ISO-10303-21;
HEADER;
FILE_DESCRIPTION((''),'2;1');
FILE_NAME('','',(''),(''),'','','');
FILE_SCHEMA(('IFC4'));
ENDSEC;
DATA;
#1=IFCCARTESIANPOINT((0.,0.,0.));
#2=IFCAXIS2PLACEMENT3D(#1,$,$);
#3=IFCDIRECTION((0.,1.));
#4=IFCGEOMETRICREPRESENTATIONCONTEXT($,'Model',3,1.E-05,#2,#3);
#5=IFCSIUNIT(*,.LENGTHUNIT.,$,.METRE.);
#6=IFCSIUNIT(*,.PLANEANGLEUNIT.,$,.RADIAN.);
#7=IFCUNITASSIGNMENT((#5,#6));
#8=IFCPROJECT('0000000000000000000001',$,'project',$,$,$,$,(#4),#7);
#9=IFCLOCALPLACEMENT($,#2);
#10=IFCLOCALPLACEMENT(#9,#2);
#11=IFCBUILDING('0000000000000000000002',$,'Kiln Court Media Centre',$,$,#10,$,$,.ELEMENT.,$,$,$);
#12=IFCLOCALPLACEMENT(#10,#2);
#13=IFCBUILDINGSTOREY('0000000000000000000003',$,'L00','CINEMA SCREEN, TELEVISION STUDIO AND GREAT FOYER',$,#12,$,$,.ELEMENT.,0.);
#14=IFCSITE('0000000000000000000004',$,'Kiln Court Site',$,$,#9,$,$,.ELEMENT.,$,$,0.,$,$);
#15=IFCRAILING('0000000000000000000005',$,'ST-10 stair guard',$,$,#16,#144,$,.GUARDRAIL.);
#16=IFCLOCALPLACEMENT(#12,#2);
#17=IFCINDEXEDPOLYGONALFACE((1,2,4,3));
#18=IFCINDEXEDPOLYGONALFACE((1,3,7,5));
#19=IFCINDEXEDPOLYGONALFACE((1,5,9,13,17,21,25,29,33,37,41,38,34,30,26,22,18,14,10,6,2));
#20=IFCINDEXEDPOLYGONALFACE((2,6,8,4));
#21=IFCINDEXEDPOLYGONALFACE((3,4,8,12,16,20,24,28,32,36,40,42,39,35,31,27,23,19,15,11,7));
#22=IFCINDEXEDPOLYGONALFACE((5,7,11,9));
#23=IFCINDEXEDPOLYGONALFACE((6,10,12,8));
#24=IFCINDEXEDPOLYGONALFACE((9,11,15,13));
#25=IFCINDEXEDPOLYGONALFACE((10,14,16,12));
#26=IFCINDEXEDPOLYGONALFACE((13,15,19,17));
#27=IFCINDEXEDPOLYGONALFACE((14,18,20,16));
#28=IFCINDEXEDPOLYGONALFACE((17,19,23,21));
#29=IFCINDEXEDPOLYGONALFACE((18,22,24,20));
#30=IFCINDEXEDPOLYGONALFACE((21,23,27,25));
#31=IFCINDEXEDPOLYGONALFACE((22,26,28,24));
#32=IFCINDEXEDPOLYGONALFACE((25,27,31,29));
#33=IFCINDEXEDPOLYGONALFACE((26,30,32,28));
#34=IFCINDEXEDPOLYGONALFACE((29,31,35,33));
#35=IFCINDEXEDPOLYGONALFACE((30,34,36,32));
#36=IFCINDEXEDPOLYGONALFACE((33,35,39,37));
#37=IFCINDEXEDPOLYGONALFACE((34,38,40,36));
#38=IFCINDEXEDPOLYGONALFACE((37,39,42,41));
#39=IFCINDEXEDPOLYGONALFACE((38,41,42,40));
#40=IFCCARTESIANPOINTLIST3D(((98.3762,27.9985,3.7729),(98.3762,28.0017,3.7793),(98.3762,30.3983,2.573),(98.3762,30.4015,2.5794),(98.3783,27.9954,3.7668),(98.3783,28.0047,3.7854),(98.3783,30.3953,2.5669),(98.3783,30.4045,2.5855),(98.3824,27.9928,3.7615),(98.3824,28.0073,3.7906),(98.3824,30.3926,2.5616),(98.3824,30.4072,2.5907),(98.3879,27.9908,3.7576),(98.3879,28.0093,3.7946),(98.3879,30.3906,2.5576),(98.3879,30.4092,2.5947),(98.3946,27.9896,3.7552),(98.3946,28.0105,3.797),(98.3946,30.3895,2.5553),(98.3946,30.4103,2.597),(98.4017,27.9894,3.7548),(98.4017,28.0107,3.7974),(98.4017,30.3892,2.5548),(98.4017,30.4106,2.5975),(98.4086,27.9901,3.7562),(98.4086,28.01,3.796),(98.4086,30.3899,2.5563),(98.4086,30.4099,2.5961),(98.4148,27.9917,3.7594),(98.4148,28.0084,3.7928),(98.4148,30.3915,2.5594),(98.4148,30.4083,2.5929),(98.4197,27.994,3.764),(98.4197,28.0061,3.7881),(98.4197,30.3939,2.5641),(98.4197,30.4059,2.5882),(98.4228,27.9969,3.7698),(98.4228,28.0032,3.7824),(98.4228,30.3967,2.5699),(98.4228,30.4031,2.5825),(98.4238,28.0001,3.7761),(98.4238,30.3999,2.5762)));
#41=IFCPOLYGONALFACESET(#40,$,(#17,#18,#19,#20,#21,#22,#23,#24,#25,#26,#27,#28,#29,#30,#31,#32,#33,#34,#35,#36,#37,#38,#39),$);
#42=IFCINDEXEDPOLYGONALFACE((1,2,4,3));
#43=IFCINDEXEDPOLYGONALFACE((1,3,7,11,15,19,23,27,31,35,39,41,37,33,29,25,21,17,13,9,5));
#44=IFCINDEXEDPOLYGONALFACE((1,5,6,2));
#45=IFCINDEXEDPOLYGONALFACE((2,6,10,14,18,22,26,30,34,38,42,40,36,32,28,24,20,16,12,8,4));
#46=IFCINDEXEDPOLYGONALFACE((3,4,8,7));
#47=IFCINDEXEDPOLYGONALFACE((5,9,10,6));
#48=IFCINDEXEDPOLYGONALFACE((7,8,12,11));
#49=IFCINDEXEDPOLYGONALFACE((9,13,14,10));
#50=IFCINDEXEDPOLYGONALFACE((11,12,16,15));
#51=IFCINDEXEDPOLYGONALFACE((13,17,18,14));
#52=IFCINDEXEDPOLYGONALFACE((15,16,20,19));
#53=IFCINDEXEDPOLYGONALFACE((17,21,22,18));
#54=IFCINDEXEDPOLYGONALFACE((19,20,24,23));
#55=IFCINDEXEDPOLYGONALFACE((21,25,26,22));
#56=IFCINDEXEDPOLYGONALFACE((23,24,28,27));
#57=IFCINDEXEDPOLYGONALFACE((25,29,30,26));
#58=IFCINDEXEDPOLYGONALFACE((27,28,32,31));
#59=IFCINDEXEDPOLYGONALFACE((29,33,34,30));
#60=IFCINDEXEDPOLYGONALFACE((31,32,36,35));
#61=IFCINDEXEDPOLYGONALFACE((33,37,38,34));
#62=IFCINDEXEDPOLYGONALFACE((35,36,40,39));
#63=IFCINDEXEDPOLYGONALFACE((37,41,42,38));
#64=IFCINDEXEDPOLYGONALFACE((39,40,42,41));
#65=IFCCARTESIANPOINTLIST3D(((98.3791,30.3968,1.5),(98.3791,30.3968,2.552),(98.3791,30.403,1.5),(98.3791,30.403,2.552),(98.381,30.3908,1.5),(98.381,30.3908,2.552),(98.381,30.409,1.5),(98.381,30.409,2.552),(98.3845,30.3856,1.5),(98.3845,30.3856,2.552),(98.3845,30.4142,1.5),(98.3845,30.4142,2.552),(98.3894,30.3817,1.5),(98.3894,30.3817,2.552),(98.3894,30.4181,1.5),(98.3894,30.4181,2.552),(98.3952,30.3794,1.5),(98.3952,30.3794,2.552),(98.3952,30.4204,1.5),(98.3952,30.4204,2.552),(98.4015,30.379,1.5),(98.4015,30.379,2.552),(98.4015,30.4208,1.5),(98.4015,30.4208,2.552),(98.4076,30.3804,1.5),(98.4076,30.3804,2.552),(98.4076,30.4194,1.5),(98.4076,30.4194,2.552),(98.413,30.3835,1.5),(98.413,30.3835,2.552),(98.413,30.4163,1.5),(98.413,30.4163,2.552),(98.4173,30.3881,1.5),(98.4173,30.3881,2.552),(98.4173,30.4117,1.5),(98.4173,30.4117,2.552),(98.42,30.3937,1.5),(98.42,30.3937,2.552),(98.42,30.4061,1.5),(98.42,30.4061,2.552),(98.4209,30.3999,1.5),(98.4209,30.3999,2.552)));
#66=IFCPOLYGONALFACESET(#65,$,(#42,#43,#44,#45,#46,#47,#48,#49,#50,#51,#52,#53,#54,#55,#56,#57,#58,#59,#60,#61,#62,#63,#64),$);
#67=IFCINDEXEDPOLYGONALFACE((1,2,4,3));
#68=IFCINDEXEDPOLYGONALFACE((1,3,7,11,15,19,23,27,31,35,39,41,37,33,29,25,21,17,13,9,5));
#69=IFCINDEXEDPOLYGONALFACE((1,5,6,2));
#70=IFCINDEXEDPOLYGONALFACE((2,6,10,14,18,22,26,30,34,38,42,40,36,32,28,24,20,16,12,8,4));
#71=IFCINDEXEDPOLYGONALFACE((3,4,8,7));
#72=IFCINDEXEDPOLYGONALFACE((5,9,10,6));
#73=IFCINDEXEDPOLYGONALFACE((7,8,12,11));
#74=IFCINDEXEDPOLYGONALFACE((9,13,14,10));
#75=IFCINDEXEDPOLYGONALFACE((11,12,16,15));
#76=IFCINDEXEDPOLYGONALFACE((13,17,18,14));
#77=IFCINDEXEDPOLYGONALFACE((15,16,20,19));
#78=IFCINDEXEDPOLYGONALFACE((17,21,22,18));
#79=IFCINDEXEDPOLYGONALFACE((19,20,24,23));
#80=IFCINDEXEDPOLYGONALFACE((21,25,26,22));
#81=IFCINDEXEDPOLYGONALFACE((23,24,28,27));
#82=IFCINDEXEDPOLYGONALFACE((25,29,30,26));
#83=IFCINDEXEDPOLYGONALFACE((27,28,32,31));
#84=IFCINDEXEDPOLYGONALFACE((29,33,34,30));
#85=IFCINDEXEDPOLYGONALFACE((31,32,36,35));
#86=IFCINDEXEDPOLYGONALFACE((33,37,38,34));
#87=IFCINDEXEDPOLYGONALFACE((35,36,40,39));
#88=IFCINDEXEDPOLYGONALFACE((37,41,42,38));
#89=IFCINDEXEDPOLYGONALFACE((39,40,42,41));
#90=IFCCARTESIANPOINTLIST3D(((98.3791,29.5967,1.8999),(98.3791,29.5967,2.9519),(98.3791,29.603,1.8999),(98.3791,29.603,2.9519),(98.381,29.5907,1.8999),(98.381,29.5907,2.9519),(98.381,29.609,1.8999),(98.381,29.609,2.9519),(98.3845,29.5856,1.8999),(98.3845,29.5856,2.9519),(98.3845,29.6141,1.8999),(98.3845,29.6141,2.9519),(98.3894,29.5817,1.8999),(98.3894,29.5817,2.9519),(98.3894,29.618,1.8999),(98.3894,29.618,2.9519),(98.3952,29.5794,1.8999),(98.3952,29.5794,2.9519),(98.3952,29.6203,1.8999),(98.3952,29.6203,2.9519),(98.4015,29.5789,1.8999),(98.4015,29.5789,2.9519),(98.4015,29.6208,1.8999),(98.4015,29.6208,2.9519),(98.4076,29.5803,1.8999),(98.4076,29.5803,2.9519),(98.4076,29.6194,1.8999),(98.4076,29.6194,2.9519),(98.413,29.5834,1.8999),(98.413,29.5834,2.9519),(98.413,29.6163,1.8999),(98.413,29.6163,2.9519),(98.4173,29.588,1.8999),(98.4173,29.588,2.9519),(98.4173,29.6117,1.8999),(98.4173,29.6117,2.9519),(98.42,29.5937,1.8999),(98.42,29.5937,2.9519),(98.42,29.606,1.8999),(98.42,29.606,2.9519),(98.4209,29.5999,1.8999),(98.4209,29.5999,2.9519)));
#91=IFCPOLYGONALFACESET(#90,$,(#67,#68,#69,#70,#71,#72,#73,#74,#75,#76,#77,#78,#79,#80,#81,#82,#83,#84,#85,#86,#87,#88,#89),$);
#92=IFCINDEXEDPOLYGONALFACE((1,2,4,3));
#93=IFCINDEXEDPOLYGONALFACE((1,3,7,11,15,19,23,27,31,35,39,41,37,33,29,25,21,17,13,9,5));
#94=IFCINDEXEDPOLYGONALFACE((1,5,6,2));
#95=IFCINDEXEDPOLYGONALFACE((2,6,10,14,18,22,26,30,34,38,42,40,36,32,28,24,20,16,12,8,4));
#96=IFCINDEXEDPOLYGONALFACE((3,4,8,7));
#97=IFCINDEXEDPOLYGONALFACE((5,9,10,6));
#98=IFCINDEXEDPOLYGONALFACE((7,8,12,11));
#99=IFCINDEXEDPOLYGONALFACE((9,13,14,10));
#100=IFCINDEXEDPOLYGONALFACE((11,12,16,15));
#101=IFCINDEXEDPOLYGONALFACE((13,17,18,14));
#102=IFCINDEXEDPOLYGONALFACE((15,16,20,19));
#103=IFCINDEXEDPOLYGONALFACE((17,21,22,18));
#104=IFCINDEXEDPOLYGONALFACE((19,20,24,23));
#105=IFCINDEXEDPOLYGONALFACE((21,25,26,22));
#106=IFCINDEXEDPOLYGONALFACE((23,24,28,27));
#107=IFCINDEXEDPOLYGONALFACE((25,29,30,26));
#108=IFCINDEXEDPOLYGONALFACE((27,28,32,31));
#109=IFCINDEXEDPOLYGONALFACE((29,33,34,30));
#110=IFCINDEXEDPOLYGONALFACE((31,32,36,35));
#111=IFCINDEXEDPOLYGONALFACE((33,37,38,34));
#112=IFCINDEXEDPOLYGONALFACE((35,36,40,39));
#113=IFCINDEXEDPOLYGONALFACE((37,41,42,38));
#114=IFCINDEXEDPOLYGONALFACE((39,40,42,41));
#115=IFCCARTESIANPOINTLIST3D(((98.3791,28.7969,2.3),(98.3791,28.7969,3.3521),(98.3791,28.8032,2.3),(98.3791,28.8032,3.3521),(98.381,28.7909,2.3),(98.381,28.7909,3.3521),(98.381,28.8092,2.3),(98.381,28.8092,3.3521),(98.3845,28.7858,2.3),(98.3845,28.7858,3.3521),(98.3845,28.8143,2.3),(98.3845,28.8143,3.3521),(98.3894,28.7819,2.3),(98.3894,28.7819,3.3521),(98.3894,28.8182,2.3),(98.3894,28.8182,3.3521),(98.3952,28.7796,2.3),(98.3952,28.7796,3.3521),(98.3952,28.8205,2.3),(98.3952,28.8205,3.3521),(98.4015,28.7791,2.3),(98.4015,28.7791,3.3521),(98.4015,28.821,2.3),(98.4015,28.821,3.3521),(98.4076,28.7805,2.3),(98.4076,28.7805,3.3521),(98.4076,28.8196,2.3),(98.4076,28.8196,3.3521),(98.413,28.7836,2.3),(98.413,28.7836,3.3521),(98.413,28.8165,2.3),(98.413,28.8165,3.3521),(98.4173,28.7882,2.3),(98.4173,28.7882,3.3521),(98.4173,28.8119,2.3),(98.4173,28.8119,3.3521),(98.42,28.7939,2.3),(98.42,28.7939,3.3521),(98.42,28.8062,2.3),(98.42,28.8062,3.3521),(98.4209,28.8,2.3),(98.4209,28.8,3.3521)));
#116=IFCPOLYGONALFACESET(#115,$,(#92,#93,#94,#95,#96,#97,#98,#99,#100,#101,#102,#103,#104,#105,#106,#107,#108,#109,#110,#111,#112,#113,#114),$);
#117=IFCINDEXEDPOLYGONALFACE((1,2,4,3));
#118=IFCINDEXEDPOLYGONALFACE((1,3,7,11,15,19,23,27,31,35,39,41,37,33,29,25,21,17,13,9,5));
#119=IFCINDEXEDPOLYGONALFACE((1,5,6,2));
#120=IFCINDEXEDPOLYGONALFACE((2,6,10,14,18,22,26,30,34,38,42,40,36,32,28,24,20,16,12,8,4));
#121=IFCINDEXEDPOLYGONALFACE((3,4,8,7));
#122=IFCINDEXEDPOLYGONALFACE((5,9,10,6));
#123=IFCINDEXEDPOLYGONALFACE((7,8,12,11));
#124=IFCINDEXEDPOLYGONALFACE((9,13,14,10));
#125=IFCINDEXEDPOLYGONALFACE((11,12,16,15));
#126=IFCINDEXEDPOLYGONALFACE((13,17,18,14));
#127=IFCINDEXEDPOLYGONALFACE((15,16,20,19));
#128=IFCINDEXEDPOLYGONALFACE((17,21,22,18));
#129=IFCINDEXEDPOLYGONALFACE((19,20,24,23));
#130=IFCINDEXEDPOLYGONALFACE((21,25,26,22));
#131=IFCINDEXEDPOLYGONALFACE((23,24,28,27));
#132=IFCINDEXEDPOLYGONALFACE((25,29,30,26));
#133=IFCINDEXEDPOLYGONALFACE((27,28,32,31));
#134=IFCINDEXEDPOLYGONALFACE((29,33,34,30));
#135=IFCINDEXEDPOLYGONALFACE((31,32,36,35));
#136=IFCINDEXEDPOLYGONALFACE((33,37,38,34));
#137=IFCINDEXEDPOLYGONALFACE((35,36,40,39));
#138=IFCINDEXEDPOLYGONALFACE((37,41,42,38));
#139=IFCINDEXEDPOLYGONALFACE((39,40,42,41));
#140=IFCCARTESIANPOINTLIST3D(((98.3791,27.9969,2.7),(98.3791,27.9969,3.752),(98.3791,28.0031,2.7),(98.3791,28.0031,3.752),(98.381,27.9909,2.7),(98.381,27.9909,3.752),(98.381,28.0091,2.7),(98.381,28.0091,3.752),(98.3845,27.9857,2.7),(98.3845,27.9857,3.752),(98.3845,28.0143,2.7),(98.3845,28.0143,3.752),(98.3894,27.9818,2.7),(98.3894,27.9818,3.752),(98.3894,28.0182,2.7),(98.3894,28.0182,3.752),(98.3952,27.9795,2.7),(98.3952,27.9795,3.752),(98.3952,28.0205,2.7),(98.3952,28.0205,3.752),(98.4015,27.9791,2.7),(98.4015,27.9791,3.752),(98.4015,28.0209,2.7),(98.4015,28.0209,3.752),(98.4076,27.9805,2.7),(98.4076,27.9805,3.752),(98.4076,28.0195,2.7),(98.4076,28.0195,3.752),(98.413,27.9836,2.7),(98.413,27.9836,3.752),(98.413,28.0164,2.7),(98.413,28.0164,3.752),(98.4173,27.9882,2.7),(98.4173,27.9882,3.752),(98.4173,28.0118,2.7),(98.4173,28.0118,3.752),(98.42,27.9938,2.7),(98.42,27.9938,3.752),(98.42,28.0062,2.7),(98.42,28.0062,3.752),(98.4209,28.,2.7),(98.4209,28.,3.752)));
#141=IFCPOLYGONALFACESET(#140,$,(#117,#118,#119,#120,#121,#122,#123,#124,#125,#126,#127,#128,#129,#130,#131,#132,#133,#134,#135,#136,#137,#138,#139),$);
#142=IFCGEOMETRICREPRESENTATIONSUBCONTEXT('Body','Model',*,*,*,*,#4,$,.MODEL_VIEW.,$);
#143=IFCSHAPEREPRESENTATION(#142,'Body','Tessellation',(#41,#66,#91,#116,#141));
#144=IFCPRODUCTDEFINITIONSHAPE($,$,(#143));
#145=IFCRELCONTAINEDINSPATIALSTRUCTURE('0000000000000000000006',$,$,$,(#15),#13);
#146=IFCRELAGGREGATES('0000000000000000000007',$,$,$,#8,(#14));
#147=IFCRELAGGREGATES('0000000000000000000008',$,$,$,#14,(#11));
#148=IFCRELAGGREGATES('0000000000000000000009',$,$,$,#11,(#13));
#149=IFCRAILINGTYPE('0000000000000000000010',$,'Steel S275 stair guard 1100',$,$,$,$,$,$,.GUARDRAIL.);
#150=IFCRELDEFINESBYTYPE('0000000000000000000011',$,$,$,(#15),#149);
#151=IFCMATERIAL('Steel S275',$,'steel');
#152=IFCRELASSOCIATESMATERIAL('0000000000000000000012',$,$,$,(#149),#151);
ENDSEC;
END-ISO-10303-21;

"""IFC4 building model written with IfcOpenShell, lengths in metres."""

from ifc_helpers import new_model, si_unit, direction, frame, origin, origin_2d, place, context, subcontext, project, spatial, circle, extrude, material, type_object, element, save


model = new_model("IFC4")

# Units and contexts
model_context = context("Model", 3, precision=1e-05, world=origin(), true_north=direction((0.0, 1.0)))
body_context = subcontext(model_context, "Body", "Model", "MODEL_VIEW")
ifc_project = project(units=[si_unit("LENGTHUNIT", "METRE"), si_unit("PLANEANGLEUNIT", "RADIAN")], contexts=[model_context])

# Site, building, storey
site_placement = place(None, origin())
site = spatial("IfcSite", under=ifc_project, at=site_placement, Name="Kiln Court Site", CompositionType="ELEMENT", RefElevation=0.0)
building_placement = place(site_placement, origin())
building = spatial("IfcBuilding", under=site, at=building_placement, Name="Kiln Court Media Centre", CompositionType="ELEMENT")
storey_placement = place(building_placement, origin())
storey = spatial("IfcBuildingStorey", under=building, at=storey_placement, Name="L00", Description="CINEMA SCREEN, TELEVISION STUDIO AND GREAT FOYER", CompositionType="ELEMENT", Elevation=0.0)

# Railing
ifc_material_1 = material(Name="Steel S275", Category="steel")
railing_type_1 = type_object("IfcRailingType", Name="Steel S275 stair guard 1100", PredefinedType="GUARDRAIL", material=ifc_material_1)
railing_1_placement = place(storey_placement, frame((98.3999, 30.3999, 1.5)))
element("IfcRailing", 1, at=railing_1_placement, inside=storey, type_object=railing_type_1, Name="ST-10 stair guard", PredefinedType="GUARDRAIL", context=body_context, shape_type="SweptSolid", body=[
    extrude(circle(Radius=0.0239, at=origin_2d()), frame((0.0, 0.0, 1.0762), z_axis=(0.0, -0.894427, 0.447214), x_axis=(1.0, 0.0, 0.0)), (0.0, 0.0, 1.0), 2.6831),
    extrude(circle(Radius=0.021, at=origin_2d()), origin(), (0.0, 0.0, 1.0), 1.052),
    extrude(circle(Radius=0.021, at=origin_2d()), frame((0.0, -0.8, 0.3999)), (0.0, 0.0, 1.0), 1.052),
    extrude(circle(Radius=0.021, at=origin_2d()), frame((0.0, -1.5999, 0.8)), (0.0, 0.0, 1.0), 1.052),
    extrude(circle(Radius=0.021, at=origin_2d()), frame((0.0, -2.3999, 1.2)), (0.0, 0.0, 1.0), 1.052),
])

save(model, "model.ifc")
